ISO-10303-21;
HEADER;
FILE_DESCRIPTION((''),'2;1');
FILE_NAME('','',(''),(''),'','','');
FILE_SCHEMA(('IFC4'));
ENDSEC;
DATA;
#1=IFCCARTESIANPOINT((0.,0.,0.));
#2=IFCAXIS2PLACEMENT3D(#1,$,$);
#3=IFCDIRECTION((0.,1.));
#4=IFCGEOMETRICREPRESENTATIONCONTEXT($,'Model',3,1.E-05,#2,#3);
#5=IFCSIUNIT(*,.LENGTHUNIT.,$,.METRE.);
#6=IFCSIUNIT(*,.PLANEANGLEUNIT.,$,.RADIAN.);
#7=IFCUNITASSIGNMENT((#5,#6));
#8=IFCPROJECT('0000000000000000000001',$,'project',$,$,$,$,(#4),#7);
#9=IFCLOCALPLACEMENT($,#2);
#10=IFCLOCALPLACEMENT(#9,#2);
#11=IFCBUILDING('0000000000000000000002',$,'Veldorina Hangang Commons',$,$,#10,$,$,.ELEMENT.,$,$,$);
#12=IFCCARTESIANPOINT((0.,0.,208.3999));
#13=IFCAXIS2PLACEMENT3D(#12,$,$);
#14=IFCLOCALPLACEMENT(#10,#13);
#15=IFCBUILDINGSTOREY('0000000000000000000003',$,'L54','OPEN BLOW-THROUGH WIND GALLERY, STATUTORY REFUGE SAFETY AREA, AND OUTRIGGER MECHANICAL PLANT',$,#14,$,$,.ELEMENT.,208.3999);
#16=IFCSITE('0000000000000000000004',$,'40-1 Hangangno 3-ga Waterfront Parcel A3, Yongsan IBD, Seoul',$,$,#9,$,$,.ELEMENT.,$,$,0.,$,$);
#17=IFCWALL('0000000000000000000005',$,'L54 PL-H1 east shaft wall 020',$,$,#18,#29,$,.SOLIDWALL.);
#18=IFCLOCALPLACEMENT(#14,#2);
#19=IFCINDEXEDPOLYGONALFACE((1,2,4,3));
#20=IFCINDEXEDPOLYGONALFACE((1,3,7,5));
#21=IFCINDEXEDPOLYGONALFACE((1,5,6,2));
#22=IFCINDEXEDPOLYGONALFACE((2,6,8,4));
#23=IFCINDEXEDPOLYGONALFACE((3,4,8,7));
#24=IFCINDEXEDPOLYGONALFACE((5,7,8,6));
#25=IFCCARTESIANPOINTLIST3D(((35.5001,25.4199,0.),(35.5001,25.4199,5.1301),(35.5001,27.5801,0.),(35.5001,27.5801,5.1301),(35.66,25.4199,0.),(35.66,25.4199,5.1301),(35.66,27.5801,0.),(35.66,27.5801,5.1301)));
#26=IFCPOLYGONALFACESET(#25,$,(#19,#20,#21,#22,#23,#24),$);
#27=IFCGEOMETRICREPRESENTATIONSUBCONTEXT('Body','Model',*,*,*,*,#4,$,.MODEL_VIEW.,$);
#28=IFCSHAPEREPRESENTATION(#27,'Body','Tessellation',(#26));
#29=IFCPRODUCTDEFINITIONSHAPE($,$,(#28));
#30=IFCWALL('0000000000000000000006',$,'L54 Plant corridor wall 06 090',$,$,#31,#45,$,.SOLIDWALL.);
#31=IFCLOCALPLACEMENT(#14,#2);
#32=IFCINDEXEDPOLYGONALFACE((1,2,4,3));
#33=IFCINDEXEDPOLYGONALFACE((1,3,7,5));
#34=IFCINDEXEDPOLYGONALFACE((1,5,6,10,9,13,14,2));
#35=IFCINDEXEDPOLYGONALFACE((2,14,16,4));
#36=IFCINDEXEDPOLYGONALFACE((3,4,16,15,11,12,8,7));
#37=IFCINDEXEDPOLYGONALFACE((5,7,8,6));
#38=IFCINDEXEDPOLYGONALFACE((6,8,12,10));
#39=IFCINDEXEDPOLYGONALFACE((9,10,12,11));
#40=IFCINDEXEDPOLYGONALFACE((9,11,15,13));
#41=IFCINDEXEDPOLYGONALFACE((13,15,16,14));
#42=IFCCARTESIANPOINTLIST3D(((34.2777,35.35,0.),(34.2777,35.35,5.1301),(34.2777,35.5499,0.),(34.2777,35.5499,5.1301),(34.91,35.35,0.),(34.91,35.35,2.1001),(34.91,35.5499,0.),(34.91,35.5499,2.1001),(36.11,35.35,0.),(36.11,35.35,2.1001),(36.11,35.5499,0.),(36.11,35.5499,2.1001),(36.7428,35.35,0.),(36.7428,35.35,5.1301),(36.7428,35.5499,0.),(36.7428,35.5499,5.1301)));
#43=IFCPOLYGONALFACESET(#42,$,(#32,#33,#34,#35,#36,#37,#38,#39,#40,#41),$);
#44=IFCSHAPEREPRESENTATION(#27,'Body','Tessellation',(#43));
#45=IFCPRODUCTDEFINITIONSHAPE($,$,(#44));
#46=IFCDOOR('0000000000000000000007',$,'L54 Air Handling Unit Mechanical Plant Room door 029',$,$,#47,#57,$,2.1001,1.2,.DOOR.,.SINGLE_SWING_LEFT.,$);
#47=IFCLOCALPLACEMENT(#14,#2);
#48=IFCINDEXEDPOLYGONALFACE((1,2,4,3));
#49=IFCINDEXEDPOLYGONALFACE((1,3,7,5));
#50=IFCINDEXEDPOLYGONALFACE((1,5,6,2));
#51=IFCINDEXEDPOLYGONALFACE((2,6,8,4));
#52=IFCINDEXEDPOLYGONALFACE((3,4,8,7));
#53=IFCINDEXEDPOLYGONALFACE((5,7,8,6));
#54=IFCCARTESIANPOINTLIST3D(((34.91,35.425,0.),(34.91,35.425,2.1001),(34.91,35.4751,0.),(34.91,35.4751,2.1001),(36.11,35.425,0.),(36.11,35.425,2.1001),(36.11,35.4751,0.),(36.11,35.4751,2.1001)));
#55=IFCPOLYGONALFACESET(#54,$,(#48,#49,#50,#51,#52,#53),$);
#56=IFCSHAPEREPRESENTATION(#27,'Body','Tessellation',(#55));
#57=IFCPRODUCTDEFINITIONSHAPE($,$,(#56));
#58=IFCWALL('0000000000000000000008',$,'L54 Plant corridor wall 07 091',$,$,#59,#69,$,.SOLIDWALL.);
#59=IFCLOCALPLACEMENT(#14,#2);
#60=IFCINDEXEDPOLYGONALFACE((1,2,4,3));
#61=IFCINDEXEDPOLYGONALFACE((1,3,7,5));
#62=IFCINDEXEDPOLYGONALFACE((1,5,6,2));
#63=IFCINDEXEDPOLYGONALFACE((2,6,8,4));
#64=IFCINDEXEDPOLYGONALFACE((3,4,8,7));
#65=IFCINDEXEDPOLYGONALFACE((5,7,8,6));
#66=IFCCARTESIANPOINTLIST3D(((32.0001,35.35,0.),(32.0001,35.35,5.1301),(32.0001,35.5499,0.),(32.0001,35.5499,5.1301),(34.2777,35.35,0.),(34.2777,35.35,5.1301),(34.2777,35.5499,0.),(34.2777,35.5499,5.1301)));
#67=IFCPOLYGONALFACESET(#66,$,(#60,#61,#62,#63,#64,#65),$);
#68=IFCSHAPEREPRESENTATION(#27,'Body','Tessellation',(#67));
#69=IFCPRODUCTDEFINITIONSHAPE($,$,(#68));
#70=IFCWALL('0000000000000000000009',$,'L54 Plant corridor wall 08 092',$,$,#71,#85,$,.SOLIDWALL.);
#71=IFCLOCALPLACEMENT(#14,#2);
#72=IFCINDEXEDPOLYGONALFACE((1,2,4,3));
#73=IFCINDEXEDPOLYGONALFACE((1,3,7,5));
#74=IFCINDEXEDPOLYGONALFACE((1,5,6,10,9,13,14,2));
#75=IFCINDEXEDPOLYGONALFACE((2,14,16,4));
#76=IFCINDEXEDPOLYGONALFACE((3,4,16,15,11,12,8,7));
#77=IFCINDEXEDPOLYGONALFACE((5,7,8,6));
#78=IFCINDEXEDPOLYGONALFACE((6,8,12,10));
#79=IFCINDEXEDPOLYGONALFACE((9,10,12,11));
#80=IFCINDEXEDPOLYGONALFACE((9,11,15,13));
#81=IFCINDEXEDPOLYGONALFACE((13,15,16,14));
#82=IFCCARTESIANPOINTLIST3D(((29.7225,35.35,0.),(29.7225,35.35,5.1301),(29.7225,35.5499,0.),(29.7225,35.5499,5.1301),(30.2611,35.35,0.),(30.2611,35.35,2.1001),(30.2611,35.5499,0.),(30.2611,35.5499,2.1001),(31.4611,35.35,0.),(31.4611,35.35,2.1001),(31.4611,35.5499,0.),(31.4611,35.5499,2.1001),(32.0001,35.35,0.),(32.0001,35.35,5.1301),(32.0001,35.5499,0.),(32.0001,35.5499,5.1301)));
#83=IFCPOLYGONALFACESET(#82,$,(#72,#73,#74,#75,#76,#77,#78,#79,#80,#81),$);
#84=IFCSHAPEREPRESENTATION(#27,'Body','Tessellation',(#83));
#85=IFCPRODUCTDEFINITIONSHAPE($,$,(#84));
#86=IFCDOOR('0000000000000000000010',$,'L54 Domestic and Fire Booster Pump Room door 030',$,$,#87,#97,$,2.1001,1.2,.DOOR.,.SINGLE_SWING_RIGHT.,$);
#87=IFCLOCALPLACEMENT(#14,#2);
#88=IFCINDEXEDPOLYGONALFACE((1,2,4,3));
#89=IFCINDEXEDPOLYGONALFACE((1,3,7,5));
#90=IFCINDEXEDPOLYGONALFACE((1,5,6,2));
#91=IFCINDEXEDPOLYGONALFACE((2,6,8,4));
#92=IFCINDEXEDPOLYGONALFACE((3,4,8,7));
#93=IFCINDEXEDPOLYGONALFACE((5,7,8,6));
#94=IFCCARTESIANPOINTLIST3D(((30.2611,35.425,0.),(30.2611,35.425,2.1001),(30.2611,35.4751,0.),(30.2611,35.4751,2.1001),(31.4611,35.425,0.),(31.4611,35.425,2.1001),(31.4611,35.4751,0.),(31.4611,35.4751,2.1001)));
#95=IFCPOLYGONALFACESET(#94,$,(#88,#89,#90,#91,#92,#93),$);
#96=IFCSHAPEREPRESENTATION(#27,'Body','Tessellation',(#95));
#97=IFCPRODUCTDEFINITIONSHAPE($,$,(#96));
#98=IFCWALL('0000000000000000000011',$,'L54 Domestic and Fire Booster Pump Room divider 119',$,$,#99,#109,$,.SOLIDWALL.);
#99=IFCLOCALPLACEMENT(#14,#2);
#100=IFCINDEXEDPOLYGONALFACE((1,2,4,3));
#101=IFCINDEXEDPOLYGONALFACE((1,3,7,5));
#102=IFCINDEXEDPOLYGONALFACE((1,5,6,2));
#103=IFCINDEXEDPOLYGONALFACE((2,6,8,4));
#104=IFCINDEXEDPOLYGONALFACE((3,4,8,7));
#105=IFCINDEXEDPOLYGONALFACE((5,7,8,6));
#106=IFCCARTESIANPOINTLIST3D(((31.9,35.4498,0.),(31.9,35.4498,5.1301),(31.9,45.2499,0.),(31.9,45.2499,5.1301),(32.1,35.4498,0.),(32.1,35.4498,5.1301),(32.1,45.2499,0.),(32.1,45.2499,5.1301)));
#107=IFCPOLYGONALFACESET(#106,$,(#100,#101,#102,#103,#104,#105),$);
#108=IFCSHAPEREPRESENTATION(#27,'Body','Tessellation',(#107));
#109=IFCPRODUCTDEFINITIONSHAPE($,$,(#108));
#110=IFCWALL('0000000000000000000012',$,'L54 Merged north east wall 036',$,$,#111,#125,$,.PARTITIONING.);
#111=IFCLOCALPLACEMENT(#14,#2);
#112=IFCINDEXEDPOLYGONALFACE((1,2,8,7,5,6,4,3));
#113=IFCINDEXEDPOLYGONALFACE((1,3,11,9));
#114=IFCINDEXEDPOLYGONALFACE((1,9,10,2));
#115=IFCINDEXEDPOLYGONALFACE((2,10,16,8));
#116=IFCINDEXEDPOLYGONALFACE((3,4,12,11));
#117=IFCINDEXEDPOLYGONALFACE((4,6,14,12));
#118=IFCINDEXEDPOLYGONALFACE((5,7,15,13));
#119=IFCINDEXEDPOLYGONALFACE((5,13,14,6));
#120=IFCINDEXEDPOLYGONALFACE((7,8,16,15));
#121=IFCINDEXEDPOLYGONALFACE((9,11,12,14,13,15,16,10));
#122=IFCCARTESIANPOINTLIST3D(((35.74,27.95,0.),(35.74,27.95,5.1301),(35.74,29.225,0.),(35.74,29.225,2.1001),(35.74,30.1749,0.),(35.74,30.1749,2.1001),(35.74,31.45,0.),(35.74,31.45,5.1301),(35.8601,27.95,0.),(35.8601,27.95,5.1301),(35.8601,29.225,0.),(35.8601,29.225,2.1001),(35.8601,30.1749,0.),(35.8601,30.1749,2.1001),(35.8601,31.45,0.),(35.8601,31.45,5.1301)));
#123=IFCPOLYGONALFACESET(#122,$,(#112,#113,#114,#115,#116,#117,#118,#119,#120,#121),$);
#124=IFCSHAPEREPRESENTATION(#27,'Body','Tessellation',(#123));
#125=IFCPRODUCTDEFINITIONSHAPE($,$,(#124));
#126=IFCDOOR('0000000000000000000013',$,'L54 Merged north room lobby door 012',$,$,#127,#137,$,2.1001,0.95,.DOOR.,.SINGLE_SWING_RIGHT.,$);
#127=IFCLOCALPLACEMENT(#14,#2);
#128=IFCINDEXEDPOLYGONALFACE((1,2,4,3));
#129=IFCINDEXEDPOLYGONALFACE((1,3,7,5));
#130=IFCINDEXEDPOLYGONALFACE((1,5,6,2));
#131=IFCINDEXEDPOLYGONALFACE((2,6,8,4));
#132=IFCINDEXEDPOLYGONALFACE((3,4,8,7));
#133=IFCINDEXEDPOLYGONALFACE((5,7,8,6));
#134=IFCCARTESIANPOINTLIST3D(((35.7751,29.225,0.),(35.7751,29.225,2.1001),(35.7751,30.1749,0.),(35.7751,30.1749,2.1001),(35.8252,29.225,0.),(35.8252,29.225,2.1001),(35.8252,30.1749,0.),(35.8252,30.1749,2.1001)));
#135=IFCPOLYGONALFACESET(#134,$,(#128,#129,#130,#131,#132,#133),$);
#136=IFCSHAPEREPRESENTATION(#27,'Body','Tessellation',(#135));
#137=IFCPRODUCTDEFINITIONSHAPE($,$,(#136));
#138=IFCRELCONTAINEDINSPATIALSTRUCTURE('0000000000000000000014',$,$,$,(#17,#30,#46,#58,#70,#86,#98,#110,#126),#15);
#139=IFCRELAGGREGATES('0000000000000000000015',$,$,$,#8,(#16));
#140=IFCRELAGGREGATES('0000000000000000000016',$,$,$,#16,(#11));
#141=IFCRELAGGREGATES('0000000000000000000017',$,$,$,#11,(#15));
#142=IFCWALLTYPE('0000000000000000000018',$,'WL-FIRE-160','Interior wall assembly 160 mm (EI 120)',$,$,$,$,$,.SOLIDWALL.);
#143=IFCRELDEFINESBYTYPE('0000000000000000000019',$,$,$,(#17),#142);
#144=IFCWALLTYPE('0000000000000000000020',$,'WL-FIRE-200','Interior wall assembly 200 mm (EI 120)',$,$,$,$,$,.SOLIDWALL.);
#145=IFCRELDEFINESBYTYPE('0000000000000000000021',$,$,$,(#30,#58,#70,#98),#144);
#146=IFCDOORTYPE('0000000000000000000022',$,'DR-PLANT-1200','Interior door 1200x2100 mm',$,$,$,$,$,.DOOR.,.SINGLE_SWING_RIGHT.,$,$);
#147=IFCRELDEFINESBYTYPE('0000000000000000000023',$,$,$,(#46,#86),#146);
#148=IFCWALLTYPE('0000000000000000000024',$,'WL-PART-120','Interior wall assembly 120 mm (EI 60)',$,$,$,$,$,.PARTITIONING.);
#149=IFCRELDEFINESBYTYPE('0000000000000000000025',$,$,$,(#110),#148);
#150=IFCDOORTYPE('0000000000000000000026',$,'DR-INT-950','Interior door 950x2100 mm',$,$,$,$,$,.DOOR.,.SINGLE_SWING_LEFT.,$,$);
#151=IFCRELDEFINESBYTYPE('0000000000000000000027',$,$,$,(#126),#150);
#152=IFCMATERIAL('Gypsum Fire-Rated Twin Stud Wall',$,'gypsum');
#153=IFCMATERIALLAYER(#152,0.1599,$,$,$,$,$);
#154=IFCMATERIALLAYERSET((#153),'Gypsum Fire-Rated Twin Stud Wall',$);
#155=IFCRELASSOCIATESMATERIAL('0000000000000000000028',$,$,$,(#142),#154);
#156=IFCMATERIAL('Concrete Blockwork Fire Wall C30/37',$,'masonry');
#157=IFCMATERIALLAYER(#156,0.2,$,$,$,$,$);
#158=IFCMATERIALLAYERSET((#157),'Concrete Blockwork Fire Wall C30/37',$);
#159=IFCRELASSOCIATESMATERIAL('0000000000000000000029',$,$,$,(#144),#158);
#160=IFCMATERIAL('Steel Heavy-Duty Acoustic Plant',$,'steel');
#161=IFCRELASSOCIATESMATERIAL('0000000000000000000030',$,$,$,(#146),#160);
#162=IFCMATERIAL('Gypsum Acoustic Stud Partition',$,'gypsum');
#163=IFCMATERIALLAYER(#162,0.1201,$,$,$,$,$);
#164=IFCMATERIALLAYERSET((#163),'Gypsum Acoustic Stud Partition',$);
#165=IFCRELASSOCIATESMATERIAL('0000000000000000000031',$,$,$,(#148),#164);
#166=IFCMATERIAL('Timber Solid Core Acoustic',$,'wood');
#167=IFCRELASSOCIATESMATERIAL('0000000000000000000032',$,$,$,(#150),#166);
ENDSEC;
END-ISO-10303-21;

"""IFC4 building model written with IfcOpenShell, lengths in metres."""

from ifc_helpers import new_model, si_unit, direction, frame, frame_2d, origin, place, context, subcontext, project, spatial, rectangle, extrude, material, layer, layer_set, type_object, element, fill, save


model = new_model("IFC4")

# Units and contexts
model_context = context("Model", 3, precision=1e-05, world=origin(), true_north=direction((0.0, 1.0)))
body_context = subcontext(model_context, "Body", "Model", "MODEL_VIEW")
ifc_project = project(units=[si_unit("LENGTHUNIT", "METRE"), si_unit("PLANEANGLEUNIT", "RADIAN")], contexts=[model_context])

# Site, building, storey
site_placement = place(None, origin())
site = spatial("IfcSite", under=ifc_project, at=site_placement, Name="40-1 Hangangno 3-ga Waterfront Parcel A3, Yongsan IBD, Seoul", CompositionType="ELEMENT", RefElevation=0.0)
building_placement = place(site_placement, origin())
building = spatial("IfcBuilding", under=site, at=building_placement, Name="Veldorina Hangang Commons", CompositionType="ELEMENT")
storey_placement = place(building_placement, frame((0.0, 0.0, 208.3999)))
storey = spatial("IfcBuildingStorey", under=building, at=storey_placement, Name="L54", Description="OPEN BLOW-THROUGH WIND GALLERY, STATUTORY REFUGE SAFETY AREA, AND OUTRIGGER MECHANICAL PLANT", CompositionType="ELEMENT", Elevation=208.3999)

# Wall
ifc_material_1 = material(Name="Gypsum Fire-Rated Twin Stud Wall", Category="gypsum")
ifc_layer_1 = layer(ifc_material_1, 0.1599)
ifc_layer_set_1 = layer_set([ifc_layer_1], Name="Gypsum Fire-Rated Twin Stud Wall")
wall_type_1 = type_object("IfcWallType", Name="WL-FIRE-160", Description="Interior wall assembly 160 mm (EI 120)", PredefinedType="SOLIDWALL", material=ifc_layer_set_1)
for number, where, z_axis, x_axis, name in (
    (1, (35.5801, 25.4199, 0.0), (0.0, 0.0, 1.0), (0.0, 1.0, 0.0), "L54 PL-H1 east shaft wall 020"),
):
    element("IfcWall", number, at=place(storey_placement, frame(where, z_axis=z_axis, x_axis=x_axis)), inside=storey, type_object=wall_type_1, Name=name, PredefinedType="SOLIDWALL", context=body_context, shape_type="SweptSolid", body=[
        extrude(rectangle(XDim=2.1602, YDim=0.1599, at=frame_2d((1.0801, 0.0))), origin(), (0.0, 0.0, 1.0), 5.1301),
    ])

# Wall, opening, door
ifc_material_2 = material(Name="Concrete Blockwork Fire Wall C30/37", Category="masonry")
ifc_layer_2 = layer(ifc_material_2, 0.2)
ifc_layer_set_2 = layer_set([ifc_layer_2], Name="Concrete Blockwork Fire Wall C30/37")
wall_type_2 = type_object("IfcWallType", Name="WL-FIRE-200", Description="Interior wall assembly 200 mm (EI 120)", PredefinedType="SOLIDWALL", material=ifc_layer_set_2)
wall_1_placement = place(storey_placement, frame((36.7427, 35.45, 0.0), z_axis=(0.0, 0.0, 1.0), x_axis=(-1.0, 0.0, 0.0)))
wall_1 = element("IfcWall", 2, at=wall_1_placement, inside=storey, type_object=wall_type_2, Name="L54 Plant corridor wall 06 090", PredefinedType="SOLIDWALL", context=body_context, shape_type="SweptSolid", body=[
    extrude(rectangle(XDim=2.4651, YDim=0.2, at=frame_2d((1.2324, 0.0))), origin(), (0.0, 0.0, 1.0), 5.1301),
])
opening_1_placement = place(wall_1_placement, frame((0.6326, 0.0, 0.0)))
opening_1 = element("IfcOpeningElement", 3, at=opening_1_placement, cuts=wall_1, PredefinedType="OPENING", context=body_context, shape_type="SweptSolid", body=[
    extrude(rectangle(XDim=1.2, YDim=2.1001, at=frame_2d((0.6001, 1.05))), frame((0.0, 0.1099, 0.0), z_axis=(0.0, -1.0, 0.0), x_axis=(1.0, 0.0, 0.0)), (0.0, 0.0, 1.0), 0.22),
])
ifc_material_3 = material(Name="Steel Heavy-Duty Acoustic Plant", Category="steel")
door_type_1 = type_object("IfcDoorType", Name="DR-PLANT-1200", Description="Interior door 1200x2100 mm", OperationType="SINGLE_SWING_RIGHT", PredefinedType="DOOR", material=ifc_material_3)
door_1_placement = place(opening_1_placement, origin())
door_1 = element("IfcDoor", 4, at=door_1_placement, inside=storey, type_object=door_type_1, Name="L54 Air Handling Unit Mechanical Plant Room door 029", OperationType="SINGLE_SWING_LEFT", OverallHeight=2.1001, OverallWidth=1.2, PredefinedType="DOOR", context=body_context, shape_type="SweptSolid", body=[
    extrude(rectangle(XDim=1.2, YDim=2.1001, at=frame_2d((0.6001, 1.05))), frame((0.0, 0.0249, 0.0), z_axis=(0.0, -1.0, 0.0), x_axis=(1.0, 0.0, 0.0)), (0.0, 0.0, 1.0), 0.05),
])
fill(opening_1, door_1)

# Wall
wall_2_placement = place(storey_placement, frame((34.2776, 35.45, 0.0), z_axis=(0.0, 0.0, 1.0), x_axis=(-1.0, 0.0, 0.0)))
element("IfcWall", 5, at=wall_2_placement, inside=storey, type_object=wall_type_2, Name="L54 Plant corridor wall 07 091", PredefinedType="SOLIDWALL", context=body_context, shape_type="SweptSolid", body=[
    extrude(rectangle(XDim=2.2776, YDim=0.2, at=frame_2d((1.1387, 0.0))), origin(), (0.0, 0.0, 1.0), 5.1301),
])

# Wall, opening, door
wall_3_placement = place(storey_placement, frame((32.0, 35.45, 0.0), z_axis=(0.0, 0.0, 1.0), x_axis=(-1.0, 0.0, 0.0)))
wall_3 = element("IfcWall", 6, at=wall_3_placement, inside=storey, type_object=wall_type_2, Name="L54 Plant corridor wall 08 092", PredefinedType="SOLIDWALL", context=body_context, shape_type="SweptSolid", body=[
    extrude(rectangle(XDim=2.2776, YDim=0.2, at=frame_2d((1.1387, 0.0))), origin(), (0.0, 0.0, 1.0), 5.1301),
])
opening_2_placement = place(wall_3_placement, frame((0.5388, 0.0, 0.0)))
opening_2 = element("IfcOpeningElement", 7, at=opening_2_placement, cuts=wall_3, PredefinedType="OPENING", context=body_context, shape_type="SweptSolid", body=[
    extrude(rectangle(XDim=1.2, YDim=2.1001, at=frame_2d((0.6001, 1.05))), frame((0.0, 0.1099, 0.0), z_axis=(0.0, -1.0, 0.0), x_axis=(1.0, 0.0, 0.0)), (0.0, 0.0, 1.0), 0.22),
])
door_2_placement = place(opening_2_placement, origin())
door_2 = element("IfcDoor", 8, at=door_2_placement, inside=storey, type_object=door_type_1, Name="L54 Domestic and Fire Booster Pump Room door 030", OperationType="SINGLE_SWING_RIGHT", OverallHeight=2.1001, OverallWidth=1.2, PredefinedType="DOOR", context=body_context, shape_type="SweptSolid", body=[
    extrude(rectangle(XDim=1.2, YDim=2.1001, at=frame_2d((0.6001, 1.05))), frame((0.0, 0.0249, 0.0), z_axis=(0.0, -1.0, 0.0), x_axis=(1.0, 0.0, 0.0)), (0.0, 0.0, 1.0), 0.05),
])
fill(opening_2, door_2)

# Wall
wall_4_placement = place(storey_placement, frame((32.0, 35.45, 0.0), z_axis=(0.0, 0.0, 1.0), x_axis=(0.0, 1.0, 0.0)))
element("IfcWall", 9, at=wall_4_placement, inside=storey, type_object=wall_type_2, Name="L54 Domestic and Fire Booster Pump Room divider 119", PredefinedType="SOLIDWALL", context=body_context, shape_type="SweptSolid", body=[
    extrude(rectangle(XDim=9.8, YDim=0.2, at=frame_2d((4.8999, 0.0))), origin(), (0.0, 0.0, 1.0), 5.1301),
])

# Wall, opening, door
ifc_material_4 = material(Name="Gypsum Acoustic Stud Partition", Category="gypsum")
ifc_layer_3 = layer(ifc_material_4, 0.1201)
ifc_layer_set_3 = layer_set([ifc_layer_3], Name="Gypsum Acoustic Stud Partition")
wall_type_3 = type_object("IfcWallType", Name="WL-PART-120", Description="Interior wall assembly 120 mm (EI 60)", PredefinedType="PARTITIONING", material=ifc_layer_set_3)
wall_5_placement = place(storey_placement, frame((35.8, 27.95, 0.0), z_axis=(0.0, 0.0, 1.0), x_axis=(0.0, 1.0, 0.0)))
wall_5 = element("IfcWall", 10, at=wall_5_placement, inside=storey, type_object=wall_type_3, Name="L54 Merged north east wall 036", PredefinedType="PARTITIONING", context=body_context, shape_type="SweptSolid", body=[
    extrude(rectangle(XDim=3.5, YDim=0.1201, at=frame_2d((1.75, 0.0))), origin(), (0.0, 0.0, 1.0), 5.1301),
])
opening_3_placement = place(wall_5_placement, frame((1.2749, 0.0, 0.0)))
opening_3 = element("IfcOpeningElement", 11, at=opening_3_placement, cuts=wall_5, PredefinedType="OPENING", context=body_context, shape_type="SweptSolid", body=[
    extrude(rectangle(XDim=0.95, YDim=2.1001, at=frame_2d((0.4751, 1.05))), frame((0.0, 0.0701, 0.0), z_axis=(0.0, -1.0, 0.0), x_axis=(1.0, 0.0, 0.0)), (0.0, 0.0, 1.0), 0.1401),
])
ifc_material_5 = material(Name="Timber Solid Core Acoustic", Category="wood")
door_type_2 = type_object("IfcDoorType", Name="DR-INT-950", Description="Interior door 950x2100 mm", OperationType="SINGLE_SWING_LEFT", PredefinedType="DOOR", material=ifc_material_5)
door_3_placement = place(opening_3_placement, origin())
door_3 = element("IfcDoor", 12, at=door_3_placement, inside=storey, type_object=door_type_2, Name="L54 Merged north room lobby door 012", OperationType="SINGLE_SWING_RIGHT", OverallHeight=2.1001, OverallWidth=0.95, PredefinedType="DOOR", context=body_context, shape_type="SweptSolid", body=[
    extrude(rectangle(XDim=0.95, YDim=2.1001, at=frame_2d((0.4751, 1.05))), frame((0.0, 0.0249, 0.0), z_axis=(0.0, -1.0, 0.0), x_axis=(1.0, 0.0, 0.0)), (0.0, 0.0, 1.0), 0.05),
])
fill(opening_3, door_3)

save(model, "model.ifc")
